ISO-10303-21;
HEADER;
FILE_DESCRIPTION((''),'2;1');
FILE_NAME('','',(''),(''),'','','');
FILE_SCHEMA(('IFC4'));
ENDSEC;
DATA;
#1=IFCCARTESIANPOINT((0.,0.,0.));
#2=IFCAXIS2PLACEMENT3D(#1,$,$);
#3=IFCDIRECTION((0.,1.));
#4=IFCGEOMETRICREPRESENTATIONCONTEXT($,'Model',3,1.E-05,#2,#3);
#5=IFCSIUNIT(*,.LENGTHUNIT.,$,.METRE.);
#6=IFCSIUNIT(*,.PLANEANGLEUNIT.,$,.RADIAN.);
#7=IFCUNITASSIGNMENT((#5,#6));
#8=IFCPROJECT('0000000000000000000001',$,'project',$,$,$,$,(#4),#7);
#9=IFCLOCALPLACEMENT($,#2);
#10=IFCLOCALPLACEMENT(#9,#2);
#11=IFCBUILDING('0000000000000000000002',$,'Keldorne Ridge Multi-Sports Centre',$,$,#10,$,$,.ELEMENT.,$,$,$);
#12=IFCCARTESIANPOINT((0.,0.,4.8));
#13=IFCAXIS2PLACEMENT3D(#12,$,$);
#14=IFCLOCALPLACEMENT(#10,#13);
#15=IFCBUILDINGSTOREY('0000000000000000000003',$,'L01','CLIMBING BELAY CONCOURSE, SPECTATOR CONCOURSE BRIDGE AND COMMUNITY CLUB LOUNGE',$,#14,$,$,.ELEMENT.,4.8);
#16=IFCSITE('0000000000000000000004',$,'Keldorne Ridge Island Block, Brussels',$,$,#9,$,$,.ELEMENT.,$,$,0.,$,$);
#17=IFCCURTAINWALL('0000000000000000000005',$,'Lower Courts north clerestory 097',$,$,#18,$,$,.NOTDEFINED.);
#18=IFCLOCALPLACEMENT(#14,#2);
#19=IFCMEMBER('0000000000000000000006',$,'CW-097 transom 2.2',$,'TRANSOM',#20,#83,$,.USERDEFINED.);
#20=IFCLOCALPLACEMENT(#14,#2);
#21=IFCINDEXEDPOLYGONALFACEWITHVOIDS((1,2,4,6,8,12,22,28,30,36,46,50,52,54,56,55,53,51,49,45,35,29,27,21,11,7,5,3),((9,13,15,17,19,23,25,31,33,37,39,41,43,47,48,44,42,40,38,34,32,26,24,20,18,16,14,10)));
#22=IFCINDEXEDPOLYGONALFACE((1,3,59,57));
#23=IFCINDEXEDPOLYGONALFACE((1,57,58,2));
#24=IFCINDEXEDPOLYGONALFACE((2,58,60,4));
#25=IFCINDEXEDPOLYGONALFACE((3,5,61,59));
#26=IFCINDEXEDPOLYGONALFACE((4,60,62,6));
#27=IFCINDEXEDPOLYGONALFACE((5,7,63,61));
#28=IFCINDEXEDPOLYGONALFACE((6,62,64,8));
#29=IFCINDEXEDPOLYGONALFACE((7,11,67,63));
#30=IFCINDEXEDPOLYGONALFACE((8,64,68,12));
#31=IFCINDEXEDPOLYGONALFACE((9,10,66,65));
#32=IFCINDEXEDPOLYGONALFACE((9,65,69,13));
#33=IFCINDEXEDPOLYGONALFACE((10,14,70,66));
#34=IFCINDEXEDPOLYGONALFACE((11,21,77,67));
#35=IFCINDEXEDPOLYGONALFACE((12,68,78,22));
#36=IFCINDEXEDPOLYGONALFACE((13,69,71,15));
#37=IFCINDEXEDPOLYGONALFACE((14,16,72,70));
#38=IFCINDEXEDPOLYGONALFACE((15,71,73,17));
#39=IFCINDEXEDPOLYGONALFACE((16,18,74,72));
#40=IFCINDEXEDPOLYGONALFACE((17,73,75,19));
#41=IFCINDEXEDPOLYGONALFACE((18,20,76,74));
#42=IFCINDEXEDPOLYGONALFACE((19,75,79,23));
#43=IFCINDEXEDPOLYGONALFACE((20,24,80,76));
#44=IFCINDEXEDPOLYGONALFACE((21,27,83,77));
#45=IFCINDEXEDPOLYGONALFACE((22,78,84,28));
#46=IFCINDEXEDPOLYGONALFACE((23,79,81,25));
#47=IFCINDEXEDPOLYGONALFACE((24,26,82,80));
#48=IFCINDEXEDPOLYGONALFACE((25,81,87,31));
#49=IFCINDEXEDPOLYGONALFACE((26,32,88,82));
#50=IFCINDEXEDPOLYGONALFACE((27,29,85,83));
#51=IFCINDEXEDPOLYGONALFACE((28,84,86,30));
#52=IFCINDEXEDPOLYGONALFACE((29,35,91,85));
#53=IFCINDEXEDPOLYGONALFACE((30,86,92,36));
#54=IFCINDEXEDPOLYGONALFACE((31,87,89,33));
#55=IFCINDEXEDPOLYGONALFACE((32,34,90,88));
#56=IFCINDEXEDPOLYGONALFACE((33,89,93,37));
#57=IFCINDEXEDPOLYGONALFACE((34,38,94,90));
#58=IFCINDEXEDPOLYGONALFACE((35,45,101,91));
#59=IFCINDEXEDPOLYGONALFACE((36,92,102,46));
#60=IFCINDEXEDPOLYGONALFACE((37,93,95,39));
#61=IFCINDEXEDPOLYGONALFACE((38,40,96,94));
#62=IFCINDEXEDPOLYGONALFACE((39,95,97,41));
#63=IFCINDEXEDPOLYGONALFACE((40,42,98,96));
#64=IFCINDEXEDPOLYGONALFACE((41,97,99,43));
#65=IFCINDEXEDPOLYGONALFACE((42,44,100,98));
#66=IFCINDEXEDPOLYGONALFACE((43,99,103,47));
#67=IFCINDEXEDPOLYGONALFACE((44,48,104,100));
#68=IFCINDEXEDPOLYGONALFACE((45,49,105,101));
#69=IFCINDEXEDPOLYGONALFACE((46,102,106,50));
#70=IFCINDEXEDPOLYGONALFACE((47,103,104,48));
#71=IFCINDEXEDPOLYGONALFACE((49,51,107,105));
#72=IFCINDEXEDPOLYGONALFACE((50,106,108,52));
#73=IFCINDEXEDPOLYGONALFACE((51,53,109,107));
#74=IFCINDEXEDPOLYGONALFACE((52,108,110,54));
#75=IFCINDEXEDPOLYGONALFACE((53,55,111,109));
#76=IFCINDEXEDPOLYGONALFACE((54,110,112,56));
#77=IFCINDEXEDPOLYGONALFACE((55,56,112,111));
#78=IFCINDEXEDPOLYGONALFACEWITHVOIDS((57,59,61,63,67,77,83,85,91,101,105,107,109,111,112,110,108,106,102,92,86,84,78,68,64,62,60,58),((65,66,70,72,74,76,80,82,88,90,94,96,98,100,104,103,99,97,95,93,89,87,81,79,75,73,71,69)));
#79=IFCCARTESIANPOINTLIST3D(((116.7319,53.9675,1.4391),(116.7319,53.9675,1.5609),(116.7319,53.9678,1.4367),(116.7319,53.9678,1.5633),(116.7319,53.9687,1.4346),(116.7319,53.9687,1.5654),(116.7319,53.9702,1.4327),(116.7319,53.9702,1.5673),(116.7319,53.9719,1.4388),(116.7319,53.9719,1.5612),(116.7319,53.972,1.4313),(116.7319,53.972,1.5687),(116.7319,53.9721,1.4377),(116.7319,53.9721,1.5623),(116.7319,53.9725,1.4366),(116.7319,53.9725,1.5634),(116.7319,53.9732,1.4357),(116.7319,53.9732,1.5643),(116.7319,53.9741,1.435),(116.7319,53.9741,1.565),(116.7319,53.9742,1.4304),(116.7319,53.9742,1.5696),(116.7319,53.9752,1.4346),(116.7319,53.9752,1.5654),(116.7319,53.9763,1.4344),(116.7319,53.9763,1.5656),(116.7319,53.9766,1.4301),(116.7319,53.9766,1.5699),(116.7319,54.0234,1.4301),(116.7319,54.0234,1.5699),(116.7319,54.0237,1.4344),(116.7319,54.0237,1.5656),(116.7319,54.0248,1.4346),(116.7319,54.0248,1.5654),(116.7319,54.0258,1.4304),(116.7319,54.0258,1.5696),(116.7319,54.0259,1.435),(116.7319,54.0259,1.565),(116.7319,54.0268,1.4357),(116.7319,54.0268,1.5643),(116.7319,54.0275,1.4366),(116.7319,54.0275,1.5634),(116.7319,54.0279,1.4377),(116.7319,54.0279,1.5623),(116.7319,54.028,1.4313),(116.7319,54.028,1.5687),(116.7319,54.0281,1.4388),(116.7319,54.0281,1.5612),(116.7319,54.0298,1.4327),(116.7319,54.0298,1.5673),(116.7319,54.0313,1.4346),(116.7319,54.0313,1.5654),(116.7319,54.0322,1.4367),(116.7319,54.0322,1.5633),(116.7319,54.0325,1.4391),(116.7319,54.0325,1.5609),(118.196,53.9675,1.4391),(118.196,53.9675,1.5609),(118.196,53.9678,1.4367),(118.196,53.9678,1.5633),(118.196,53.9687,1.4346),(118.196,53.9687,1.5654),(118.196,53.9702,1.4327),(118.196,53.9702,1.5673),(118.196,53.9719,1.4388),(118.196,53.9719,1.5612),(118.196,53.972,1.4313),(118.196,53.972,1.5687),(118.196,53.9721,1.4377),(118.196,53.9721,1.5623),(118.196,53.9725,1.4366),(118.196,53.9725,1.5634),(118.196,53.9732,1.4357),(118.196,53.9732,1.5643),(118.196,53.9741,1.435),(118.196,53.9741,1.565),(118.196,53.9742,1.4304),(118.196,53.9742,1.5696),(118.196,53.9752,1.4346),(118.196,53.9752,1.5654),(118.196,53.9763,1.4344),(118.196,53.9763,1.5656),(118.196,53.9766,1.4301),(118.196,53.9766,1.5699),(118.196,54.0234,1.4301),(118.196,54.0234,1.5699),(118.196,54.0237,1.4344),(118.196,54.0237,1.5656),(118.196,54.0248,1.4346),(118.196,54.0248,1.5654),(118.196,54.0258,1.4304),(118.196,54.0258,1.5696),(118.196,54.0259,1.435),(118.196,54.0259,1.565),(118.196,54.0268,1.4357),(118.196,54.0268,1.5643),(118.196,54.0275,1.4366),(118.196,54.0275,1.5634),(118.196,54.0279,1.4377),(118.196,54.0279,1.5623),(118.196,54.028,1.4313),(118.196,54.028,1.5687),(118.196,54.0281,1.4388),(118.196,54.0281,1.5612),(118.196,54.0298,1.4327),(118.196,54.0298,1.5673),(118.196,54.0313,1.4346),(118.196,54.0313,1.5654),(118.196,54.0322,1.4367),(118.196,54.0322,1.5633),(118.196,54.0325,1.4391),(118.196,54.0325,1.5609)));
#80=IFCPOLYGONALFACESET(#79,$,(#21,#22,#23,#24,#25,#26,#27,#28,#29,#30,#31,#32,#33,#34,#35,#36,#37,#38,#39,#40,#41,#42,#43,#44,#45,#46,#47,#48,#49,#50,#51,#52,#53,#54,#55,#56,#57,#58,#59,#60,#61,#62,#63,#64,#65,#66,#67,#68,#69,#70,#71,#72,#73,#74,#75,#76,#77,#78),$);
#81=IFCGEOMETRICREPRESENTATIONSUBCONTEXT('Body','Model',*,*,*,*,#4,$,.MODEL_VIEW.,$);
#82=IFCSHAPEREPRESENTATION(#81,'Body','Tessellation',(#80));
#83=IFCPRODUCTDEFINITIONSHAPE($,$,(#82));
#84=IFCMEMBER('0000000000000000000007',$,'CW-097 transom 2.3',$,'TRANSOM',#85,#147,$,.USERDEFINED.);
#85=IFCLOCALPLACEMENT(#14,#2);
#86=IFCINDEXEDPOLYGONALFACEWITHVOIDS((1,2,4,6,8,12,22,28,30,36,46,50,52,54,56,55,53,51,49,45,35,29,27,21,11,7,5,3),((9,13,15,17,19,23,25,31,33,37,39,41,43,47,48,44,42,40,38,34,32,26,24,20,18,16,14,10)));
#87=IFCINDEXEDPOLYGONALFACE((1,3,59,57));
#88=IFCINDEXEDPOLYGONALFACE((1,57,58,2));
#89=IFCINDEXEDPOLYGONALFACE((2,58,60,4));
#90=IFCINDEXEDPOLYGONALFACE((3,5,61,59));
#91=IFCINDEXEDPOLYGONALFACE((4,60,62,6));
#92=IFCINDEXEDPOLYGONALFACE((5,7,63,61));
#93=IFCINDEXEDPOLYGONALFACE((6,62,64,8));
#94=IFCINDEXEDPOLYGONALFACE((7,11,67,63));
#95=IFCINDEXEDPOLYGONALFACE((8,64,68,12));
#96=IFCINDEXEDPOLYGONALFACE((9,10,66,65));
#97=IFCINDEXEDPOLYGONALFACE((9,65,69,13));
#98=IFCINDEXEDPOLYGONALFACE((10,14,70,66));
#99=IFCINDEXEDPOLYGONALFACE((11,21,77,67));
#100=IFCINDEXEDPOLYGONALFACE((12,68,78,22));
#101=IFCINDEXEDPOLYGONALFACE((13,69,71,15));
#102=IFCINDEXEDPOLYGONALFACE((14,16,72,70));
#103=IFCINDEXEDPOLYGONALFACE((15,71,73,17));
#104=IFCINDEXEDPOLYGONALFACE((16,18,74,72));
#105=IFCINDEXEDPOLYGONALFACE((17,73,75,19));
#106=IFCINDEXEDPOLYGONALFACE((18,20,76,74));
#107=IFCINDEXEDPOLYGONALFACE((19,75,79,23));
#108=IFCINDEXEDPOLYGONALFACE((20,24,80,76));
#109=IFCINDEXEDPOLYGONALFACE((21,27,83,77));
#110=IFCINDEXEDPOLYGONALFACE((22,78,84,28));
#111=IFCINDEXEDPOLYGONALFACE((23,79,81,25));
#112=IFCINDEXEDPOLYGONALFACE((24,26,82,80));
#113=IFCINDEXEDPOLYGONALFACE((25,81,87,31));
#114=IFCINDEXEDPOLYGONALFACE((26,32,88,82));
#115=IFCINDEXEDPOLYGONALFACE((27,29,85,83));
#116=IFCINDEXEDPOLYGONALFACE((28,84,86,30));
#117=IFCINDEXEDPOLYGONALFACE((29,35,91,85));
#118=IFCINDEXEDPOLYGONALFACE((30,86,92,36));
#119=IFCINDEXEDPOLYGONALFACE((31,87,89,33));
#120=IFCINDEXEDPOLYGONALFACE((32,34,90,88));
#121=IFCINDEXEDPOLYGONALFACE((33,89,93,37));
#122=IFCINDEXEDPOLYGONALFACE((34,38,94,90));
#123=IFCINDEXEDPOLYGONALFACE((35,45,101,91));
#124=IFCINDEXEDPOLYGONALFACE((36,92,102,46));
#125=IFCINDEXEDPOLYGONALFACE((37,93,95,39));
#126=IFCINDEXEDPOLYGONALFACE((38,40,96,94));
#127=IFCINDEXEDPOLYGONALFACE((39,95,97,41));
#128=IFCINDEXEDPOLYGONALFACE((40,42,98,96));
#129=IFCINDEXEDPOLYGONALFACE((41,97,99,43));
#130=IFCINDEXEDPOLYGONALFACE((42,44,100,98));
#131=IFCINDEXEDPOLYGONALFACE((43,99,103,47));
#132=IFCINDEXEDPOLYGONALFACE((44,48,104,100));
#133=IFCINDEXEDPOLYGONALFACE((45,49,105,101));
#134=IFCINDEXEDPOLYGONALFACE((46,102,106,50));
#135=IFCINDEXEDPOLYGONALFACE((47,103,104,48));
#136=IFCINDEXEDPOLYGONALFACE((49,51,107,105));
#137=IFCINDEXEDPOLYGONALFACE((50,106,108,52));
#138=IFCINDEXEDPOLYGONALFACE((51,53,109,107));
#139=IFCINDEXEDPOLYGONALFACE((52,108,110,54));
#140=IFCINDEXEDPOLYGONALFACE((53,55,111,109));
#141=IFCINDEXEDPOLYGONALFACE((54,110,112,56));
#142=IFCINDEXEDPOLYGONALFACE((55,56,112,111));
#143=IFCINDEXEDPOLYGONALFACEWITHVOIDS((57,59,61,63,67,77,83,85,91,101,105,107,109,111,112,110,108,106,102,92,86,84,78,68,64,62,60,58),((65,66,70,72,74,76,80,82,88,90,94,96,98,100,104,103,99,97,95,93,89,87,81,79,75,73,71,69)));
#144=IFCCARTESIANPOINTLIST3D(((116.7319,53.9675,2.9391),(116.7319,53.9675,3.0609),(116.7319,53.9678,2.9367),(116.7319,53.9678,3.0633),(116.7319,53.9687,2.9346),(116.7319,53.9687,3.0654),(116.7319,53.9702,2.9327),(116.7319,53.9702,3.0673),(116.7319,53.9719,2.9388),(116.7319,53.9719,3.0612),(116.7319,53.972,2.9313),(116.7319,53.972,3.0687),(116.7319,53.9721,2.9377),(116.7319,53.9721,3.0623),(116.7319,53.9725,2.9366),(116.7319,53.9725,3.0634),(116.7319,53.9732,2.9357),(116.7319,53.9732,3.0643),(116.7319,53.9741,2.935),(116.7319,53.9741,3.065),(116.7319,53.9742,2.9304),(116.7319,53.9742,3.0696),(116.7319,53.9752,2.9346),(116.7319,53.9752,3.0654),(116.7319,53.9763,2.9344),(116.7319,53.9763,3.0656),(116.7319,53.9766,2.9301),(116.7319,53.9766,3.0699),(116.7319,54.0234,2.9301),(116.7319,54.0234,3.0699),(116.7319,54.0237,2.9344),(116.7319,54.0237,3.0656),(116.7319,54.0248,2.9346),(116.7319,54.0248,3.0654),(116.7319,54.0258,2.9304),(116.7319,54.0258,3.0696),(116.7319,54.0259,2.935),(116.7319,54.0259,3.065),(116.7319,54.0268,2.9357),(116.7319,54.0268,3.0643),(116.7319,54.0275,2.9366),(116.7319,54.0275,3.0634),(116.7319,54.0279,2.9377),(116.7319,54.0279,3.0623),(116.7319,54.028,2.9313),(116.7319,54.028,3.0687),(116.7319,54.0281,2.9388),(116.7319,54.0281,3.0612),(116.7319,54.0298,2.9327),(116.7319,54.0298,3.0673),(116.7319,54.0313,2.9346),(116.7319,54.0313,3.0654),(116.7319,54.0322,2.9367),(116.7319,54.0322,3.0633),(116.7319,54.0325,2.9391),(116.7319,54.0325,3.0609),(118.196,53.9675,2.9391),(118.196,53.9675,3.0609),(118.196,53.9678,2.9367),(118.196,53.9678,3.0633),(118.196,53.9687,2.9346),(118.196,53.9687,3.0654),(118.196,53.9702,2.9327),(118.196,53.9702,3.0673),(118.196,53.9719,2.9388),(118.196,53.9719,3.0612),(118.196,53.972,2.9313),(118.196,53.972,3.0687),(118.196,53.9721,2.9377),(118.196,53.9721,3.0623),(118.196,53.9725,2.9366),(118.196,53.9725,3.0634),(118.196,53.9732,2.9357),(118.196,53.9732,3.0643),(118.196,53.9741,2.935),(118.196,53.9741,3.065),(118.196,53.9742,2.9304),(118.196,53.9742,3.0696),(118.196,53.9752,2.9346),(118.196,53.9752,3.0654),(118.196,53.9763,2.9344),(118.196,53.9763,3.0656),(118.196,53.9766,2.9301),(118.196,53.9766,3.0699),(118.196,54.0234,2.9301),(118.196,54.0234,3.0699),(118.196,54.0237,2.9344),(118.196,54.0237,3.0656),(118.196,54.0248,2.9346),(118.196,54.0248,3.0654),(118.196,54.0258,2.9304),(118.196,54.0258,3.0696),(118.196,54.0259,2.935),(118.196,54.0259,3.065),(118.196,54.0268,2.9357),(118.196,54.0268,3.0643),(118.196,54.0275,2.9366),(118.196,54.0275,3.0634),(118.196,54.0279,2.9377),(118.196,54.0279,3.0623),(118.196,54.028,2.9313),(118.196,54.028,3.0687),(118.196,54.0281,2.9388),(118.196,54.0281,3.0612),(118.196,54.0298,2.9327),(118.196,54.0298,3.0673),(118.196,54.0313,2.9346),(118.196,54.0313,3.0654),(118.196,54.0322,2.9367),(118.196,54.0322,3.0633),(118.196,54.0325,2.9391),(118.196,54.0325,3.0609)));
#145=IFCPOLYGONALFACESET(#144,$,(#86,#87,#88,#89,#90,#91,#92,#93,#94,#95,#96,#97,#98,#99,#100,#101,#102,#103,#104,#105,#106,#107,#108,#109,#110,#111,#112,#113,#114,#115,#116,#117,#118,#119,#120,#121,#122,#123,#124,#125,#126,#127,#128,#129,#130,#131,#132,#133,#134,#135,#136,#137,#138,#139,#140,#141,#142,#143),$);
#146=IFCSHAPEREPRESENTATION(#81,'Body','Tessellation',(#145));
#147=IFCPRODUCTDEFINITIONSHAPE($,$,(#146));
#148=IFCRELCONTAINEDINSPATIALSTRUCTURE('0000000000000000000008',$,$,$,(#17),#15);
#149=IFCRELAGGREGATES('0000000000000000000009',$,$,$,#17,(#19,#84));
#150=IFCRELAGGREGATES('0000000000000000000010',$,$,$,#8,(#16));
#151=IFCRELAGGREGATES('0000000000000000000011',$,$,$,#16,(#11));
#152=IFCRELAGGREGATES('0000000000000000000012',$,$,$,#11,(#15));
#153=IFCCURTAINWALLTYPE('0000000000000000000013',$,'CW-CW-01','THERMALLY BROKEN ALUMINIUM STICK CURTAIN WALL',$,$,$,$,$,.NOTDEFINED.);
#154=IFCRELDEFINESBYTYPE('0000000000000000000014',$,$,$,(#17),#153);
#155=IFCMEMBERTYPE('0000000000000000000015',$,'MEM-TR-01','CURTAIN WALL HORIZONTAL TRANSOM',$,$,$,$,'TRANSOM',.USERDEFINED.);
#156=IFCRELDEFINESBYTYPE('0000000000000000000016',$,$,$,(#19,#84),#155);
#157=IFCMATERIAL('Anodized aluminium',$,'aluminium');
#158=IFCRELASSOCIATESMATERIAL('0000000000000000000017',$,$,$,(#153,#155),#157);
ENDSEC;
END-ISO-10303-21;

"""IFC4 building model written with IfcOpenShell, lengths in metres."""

from ifc_helpers import new_model, si_unit, direction, frame, origin, origin_2d, place, context, subcontext, project, spatial, hollow_rectangle, extrude, material, material_profile, profile_set, type_object, element, aggregate, save


model = new_model("IFC4")

# Units and contexts
model_context = context("Model", 3, precision=1e-05, world=origin(), true_north=direction((0.0, 1.0)))
body_context = subcontext(model_context, "Body", "Model", "MODEL_VIEW")
ifc_project = project(units=[si_unit("LENGTHUNIT", "METRE"), si_unit("PLANEANGLEUNIT", "RADIAN")], contexts=[model_context])

# Site, building, storey
site_placement = place(None, origin())
site = spatial("IfcSite", under=ifc_project, at=site_placement, Name="Keldorne Ridge Island Block, Brussels", CompositionType="ELEMENT", RefElevation=0.0)
building_placement = place(site_placement, origin())
building = spatial("IfcBuilding", under=site, at=building_placement, Name="Keldorne Ridge Multi-Sports Centre", CompositionType="ELEMENT")
storey_placement = place(building_placement, frame((0.0, 0.0, 4.8)))
storey = spatial("IfcBuildingStorey", under=building, at=storey_placement, Name="L01", Description="CLIMBING BELAY CONCOURSE, SPECTATOR CONCOURSE BRIDGE AND COMMUNITY CLUB LOUNGE", CompositionType="ELEMENT", Elevation=4.8)

# Curtain wall
ifc_material_1 = material(Name="Anodized aluminium", Category="aluminium")
curtain_wall_type_1 = type_object("IfcCurtainWallType", Name="CW-CW-01", Description="THERMALLY BROKEN ALUMINIUM STICK CURTAIN WALL", PredefinedType="NOTDEFINED", material=ifc_material_1)
curtain_wall_1_placement = place(storey_placement, origin())
curtain_wall_1 = element("IfcCurtainWall", 1, at=curtain_wall_1_placement, inside=storey, type_object=curtain_wall_type_1, Name="Lower Courts north clerestory 097", PredefinedType="NOTDEFINED")

# Members
ifc_material_profile_1 = material_profile(ifc_material_1, hollow_rectangle(XDim=0.0649, YDim=0.1399, WallThickness=0.0044, InnerFilletRadius=0.0044, OuterFilletRadius=0.009, at=origin_2d()), Name="ALU TRANSOM 140x65x4.5")
ifc_profile_set_1 = profile_set([ifc_material_profile_1], Name="Anodized aluminium")
member_type_1 = type_object("IfcMemberType", Name="MEM-TR-01", Description="CURTAIN WALL HORIZONTAL TRANSOM", ElementType="TRANSOM", PredefinedType="USERDEFINED", material=ifc_profile_set_1)
member_1_placement = place(storey_placement, frame((118.196, 54.0, 1.5), z_axis=(-1.0, 0.0, 0.0), x_axis=(0.0, -1.0, 0.0)))
member_1 = element("IfcMember", 2, at=member_1_placement, type_object=member_type_1, Name="CW-097 transom 2.2", ObjectType="TRANSOM", PredefinedType="USERDEFINED", context=body_context, shape_type="SweptSolid", body=[
    extrude(hollow_rectangle(XDim=0.0649, YDim=0.1399, WallThickness=0.0044, InnerFilletRadius=0.0044, OuterFilletRadius=0.009, at=origin_2d()), origin(), (0.0, 0.0, 1.0), 1.4641),
])
member_2_placement = place(storey_placement, frame((118.196, 54.0, 3.0), z_axis=(-1.0, 0.0, 0.0), x_axis=(0.0, -1.0, 0.0)))
member_2 = element("IfcMember", 3, at=member_2_placement, type_object=member_type_1, Name="CW-097 transom 2.3", ObjectType="TRANSOM", PredefinedType="USERDEFINED", context=body_context, shape_type="SweptSolid", body=[
    extrude(hollow_rectangle(XDim=0.0649, YDim=0.1399, WallThickness=0.0044, InnerFilletRadius=0.0044, OuterFilletRadius=0.009, at=origin_2d()), origin(), (0.0, 0.0, 1.0), 1.4641),
])

aggregate(curtain_wall_1, [member_1, member_2])

save(model, "model.ifc")
